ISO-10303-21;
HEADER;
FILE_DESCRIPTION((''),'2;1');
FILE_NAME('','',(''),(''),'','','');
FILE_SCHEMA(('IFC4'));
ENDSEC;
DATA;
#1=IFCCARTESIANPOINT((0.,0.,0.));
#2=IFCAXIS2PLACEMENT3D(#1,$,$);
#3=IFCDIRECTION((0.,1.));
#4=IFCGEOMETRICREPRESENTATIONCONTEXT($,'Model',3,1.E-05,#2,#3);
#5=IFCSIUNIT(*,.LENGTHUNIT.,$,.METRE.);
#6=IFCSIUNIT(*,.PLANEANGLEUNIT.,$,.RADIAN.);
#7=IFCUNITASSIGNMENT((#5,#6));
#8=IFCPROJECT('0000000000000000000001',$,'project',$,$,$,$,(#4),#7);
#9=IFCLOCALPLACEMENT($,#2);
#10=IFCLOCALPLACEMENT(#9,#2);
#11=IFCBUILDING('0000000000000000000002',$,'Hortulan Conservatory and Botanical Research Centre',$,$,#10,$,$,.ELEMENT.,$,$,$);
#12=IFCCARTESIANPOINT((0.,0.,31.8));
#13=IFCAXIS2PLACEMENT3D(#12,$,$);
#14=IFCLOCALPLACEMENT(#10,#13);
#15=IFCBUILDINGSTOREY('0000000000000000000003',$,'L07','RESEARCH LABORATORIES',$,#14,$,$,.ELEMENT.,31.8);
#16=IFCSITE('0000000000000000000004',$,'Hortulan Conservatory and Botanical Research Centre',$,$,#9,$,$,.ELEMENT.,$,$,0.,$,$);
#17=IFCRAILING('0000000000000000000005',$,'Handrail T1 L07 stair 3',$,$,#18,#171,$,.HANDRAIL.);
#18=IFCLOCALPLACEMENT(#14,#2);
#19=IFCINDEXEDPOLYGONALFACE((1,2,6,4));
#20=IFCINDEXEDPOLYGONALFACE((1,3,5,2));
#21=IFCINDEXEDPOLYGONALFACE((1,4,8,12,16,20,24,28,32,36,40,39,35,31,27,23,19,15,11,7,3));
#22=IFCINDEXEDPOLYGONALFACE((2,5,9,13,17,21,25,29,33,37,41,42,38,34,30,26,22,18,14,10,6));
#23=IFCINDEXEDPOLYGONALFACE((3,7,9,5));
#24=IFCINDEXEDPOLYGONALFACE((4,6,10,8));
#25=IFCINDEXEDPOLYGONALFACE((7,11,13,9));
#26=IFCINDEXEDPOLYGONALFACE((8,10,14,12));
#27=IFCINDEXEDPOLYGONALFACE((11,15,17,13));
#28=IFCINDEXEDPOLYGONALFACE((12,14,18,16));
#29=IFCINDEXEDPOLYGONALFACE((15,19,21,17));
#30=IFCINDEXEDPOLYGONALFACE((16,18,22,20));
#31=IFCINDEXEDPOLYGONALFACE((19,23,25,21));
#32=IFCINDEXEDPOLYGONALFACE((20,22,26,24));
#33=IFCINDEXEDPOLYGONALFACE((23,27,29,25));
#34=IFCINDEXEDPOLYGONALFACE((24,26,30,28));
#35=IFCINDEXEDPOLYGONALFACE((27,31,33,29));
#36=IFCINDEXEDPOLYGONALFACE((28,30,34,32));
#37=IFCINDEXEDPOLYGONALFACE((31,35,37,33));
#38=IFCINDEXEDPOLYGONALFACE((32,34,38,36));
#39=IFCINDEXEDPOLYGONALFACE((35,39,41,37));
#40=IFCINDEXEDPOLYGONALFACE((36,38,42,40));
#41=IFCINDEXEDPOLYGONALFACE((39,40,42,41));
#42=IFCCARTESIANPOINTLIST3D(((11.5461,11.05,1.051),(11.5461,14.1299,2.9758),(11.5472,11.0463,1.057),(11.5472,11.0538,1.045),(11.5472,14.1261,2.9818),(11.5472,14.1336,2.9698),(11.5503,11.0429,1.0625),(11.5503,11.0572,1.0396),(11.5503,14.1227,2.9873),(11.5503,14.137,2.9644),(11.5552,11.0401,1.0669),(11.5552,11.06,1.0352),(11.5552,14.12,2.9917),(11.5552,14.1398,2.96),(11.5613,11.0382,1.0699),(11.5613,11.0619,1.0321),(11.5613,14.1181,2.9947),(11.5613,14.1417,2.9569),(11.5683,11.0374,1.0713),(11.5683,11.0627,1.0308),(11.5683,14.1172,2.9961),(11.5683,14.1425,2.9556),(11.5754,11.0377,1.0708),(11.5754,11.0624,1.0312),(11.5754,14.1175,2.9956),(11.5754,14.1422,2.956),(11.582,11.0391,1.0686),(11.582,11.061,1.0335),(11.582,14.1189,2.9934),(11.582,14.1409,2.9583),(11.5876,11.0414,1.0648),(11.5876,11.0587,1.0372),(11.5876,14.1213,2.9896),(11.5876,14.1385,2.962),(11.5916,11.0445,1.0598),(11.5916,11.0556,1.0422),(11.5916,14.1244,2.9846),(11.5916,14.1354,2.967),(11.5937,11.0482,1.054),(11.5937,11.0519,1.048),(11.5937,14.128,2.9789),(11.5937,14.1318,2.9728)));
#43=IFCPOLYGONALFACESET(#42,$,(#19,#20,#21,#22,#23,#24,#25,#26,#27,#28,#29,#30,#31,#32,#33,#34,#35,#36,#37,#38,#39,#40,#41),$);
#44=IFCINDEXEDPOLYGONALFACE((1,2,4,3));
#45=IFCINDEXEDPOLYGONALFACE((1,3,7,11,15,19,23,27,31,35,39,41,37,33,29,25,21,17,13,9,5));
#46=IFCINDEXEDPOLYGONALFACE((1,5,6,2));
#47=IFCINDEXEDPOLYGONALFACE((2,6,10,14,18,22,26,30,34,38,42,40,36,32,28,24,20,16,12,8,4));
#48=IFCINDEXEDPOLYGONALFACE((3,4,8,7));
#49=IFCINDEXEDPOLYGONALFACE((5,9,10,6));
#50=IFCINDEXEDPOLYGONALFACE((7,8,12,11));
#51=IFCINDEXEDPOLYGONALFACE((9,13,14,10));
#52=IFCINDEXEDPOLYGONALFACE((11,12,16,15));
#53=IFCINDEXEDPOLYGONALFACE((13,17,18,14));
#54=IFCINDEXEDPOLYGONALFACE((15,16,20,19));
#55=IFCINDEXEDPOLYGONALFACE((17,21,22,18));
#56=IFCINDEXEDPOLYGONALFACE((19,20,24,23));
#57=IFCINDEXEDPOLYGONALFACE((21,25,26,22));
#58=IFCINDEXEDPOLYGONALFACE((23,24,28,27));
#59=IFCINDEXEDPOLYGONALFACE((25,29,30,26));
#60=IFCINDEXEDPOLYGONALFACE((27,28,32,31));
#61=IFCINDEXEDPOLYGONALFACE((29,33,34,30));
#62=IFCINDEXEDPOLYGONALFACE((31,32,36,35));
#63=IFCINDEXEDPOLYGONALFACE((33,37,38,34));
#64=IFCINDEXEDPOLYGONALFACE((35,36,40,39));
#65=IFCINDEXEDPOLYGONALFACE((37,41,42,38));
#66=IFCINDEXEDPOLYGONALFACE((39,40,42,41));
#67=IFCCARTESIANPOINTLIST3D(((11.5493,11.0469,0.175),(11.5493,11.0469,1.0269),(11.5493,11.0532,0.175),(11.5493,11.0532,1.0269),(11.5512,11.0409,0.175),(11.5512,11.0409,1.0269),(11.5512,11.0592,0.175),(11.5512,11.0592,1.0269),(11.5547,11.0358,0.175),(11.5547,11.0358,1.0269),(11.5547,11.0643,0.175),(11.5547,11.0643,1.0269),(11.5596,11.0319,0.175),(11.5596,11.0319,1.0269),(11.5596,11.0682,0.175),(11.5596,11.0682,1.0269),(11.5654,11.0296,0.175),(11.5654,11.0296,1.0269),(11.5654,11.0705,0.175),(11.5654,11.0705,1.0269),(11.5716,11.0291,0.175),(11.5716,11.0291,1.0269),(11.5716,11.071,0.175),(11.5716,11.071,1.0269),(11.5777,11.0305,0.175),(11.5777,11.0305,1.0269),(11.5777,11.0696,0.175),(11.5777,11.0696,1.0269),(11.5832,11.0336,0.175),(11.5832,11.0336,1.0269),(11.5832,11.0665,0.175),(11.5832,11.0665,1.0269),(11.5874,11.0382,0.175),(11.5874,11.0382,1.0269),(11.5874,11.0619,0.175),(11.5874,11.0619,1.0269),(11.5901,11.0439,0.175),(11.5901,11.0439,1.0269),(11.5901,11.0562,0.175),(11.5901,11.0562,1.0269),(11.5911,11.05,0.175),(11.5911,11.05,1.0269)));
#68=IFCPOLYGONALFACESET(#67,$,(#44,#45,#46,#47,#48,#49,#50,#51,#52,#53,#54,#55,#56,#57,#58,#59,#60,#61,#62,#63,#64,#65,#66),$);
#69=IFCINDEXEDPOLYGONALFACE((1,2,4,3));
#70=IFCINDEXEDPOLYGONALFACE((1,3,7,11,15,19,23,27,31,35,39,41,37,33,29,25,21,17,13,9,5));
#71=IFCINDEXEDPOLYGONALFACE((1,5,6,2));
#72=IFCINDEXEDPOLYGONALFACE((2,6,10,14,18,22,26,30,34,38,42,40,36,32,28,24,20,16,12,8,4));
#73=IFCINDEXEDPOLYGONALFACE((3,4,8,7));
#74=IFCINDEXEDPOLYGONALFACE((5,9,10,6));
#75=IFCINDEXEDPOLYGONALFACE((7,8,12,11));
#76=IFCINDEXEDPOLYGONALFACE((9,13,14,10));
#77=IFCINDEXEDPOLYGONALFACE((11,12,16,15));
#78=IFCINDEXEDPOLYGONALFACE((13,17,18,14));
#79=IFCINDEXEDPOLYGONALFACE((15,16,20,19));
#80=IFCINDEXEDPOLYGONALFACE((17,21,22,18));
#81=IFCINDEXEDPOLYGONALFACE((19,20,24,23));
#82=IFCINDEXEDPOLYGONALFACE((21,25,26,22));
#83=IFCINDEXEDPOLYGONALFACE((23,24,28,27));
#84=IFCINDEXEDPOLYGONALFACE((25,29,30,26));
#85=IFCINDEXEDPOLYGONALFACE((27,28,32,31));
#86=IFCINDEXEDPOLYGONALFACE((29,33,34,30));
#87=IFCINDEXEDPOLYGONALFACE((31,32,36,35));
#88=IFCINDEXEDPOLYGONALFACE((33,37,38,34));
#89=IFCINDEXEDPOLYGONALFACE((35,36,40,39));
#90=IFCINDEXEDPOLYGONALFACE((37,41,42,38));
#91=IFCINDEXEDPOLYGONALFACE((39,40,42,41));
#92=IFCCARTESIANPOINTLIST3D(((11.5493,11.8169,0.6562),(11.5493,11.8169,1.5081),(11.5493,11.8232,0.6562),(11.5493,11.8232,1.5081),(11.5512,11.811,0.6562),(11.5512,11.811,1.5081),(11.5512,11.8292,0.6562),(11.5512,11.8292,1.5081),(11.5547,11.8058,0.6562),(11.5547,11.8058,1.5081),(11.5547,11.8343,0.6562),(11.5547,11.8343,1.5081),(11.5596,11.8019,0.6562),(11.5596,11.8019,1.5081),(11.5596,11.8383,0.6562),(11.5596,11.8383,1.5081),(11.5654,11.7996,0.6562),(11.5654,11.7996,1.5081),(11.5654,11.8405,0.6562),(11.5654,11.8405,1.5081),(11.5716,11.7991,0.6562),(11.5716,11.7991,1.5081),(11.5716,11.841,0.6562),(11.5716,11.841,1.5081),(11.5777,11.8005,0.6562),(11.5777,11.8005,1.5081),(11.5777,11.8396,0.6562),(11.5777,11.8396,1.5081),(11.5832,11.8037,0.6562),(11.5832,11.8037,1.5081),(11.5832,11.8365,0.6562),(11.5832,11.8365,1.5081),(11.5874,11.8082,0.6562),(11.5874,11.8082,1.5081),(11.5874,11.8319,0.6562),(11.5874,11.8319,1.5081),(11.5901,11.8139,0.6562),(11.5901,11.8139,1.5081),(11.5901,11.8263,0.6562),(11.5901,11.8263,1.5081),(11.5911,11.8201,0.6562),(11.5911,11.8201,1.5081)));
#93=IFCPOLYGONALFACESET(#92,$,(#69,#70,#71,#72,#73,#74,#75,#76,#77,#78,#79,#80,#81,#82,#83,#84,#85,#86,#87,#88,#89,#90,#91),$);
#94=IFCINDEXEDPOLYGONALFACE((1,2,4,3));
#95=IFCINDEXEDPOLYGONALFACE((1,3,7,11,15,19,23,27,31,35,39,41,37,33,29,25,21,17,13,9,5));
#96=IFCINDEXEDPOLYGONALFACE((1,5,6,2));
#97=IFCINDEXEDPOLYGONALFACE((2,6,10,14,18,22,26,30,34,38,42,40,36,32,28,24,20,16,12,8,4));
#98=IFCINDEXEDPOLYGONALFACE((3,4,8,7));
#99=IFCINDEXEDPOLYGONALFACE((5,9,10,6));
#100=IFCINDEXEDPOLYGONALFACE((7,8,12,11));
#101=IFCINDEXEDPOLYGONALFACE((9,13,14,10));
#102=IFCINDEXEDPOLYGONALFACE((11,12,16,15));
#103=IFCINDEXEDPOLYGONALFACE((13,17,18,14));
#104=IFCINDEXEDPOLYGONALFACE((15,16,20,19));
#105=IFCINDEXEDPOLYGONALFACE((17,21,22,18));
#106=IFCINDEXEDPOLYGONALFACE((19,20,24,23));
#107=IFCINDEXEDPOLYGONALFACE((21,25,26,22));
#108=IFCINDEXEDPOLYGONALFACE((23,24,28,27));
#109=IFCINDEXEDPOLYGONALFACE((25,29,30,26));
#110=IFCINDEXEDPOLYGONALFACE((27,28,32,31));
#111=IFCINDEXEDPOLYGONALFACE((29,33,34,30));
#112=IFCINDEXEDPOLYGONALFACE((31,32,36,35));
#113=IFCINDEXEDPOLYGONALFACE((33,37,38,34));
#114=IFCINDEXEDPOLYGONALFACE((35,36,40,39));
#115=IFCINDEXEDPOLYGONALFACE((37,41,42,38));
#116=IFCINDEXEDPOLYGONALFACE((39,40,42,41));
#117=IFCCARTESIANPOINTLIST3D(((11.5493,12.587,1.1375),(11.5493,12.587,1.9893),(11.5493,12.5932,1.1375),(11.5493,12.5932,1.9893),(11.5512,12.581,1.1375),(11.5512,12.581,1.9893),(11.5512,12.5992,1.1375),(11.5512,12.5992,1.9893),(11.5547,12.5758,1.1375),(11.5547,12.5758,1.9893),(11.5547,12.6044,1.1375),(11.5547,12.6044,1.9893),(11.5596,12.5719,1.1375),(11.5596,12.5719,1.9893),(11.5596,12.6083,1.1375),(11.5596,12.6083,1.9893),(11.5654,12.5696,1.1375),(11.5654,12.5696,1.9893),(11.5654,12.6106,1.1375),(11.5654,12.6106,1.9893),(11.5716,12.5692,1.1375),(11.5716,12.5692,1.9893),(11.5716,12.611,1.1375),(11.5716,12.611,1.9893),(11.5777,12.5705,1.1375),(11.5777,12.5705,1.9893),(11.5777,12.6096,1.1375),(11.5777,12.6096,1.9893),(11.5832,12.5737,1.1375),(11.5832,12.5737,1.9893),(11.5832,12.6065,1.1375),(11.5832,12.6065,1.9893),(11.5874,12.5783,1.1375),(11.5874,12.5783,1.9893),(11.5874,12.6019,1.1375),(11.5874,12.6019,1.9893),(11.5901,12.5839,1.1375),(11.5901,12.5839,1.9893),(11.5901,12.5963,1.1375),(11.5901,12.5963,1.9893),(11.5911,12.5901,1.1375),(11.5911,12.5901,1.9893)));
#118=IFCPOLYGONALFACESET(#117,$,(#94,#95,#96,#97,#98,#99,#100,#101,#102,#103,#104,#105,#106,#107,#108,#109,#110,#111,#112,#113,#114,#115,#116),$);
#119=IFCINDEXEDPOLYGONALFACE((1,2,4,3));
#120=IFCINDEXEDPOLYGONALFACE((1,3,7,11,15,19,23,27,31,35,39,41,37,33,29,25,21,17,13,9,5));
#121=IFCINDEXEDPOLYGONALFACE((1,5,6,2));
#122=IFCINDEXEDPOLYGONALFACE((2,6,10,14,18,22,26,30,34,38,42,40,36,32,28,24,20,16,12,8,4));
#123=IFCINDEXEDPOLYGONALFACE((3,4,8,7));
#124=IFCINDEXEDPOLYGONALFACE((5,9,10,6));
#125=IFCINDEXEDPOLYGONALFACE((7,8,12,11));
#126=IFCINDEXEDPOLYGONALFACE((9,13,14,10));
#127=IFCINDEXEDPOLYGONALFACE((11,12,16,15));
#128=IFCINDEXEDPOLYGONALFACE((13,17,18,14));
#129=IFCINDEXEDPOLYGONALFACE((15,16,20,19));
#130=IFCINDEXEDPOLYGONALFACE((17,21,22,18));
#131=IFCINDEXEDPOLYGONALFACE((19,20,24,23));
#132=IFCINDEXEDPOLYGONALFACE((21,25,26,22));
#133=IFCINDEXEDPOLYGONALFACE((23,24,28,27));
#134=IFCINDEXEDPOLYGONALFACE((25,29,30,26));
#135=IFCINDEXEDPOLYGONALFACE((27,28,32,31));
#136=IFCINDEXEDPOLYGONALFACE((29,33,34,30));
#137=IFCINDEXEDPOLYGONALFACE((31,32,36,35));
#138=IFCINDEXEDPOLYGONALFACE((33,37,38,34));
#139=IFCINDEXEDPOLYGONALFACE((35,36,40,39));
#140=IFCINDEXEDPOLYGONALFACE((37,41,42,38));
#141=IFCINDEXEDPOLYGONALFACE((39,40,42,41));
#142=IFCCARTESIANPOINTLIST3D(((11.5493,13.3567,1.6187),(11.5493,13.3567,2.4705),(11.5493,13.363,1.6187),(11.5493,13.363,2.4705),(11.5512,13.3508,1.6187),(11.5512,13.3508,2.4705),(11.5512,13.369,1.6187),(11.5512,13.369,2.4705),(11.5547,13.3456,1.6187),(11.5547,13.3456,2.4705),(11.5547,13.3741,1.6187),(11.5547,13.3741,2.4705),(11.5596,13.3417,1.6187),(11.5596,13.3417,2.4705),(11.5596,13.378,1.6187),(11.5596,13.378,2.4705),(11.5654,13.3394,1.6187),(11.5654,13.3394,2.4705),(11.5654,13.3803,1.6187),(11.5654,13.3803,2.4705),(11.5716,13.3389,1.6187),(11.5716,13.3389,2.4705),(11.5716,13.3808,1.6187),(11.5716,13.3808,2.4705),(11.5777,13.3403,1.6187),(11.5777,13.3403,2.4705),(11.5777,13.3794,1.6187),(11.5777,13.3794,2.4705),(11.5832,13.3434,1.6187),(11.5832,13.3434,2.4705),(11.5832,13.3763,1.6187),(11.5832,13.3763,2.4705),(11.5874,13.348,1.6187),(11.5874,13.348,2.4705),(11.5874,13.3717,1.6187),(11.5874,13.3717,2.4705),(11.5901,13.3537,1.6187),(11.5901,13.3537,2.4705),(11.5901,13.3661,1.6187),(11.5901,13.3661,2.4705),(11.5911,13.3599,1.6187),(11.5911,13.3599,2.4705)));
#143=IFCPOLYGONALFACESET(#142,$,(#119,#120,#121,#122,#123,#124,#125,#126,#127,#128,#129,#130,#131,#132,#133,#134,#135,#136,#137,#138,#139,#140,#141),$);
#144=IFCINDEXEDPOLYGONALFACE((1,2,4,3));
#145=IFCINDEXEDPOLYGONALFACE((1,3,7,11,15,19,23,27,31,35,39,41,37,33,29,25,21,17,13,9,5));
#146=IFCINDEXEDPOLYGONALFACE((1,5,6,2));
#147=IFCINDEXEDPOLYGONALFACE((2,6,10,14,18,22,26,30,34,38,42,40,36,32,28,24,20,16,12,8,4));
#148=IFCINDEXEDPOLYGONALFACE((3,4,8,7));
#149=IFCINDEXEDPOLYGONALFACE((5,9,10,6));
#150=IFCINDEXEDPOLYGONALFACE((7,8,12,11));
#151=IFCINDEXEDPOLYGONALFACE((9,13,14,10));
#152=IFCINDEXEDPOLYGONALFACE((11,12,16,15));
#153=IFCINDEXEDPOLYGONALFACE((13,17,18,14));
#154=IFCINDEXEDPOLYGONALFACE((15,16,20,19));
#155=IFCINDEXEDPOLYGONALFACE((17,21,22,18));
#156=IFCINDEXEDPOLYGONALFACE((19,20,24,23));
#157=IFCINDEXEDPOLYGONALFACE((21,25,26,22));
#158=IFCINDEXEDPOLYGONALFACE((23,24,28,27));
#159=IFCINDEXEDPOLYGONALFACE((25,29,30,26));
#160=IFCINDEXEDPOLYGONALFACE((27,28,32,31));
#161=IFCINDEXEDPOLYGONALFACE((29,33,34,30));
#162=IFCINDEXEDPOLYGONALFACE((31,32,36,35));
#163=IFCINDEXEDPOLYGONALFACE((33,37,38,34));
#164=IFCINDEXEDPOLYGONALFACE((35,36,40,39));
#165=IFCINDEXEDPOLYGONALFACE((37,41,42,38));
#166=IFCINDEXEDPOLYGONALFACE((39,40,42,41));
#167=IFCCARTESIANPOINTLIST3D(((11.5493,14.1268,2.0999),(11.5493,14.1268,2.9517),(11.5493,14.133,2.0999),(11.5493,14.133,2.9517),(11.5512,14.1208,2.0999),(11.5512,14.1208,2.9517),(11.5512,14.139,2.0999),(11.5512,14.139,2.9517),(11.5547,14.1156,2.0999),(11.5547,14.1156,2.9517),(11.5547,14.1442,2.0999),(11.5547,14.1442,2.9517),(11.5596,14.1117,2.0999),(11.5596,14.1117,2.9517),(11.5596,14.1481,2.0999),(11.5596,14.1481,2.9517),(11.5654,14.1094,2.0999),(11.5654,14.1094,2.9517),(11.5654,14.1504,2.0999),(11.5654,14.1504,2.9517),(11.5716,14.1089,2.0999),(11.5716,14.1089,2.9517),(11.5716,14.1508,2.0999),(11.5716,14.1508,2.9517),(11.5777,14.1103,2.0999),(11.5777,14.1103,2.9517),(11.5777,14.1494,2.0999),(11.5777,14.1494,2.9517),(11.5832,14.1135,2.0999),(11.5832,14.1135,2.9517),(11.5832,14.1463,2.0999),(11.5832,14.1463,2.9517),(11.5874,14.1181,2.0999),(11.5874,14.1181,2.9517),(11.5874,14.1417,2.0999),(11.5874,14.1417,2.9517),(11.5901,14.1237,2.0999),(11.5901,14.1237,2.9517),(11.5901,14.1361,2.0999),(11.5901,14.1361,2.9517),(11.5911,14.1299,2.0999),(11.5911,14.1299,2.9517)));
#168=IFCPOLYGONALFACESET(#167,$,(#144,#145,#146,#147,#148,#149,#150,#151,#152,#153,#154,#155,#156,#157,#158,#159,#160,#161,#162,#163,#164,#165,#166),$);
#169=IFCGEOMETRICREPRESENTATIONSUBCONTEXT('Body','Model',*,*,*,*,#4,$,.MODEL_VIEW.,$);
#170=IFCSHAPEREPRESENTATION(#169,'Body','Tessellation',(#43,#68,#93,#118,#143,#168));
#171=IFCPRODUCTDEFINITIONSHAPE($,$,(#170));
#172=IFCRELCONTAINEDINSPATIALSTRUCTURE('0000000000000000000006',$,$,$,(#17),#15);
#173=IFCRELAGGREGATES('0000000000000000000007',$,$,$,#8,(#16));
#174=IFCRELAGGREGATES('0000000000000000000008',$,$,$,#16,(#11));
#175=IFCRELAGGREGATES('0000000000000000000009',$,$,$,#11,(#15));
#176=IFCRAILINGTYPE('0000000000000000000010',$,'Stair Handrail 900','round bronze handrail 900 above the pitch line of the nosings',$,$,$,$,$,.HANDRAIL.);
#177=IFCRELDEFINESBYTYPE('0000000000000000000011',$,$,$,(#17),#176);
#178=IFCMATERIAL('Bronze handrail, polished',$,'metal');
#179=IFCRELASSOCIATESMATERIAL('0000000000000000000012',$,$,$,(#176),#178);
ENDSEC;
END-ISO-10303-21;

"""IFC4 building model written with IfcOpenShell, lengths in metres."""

from ifc_helpers import new_model, si_unit, direction, frame, origin, origin_2d, place, context, subcontext, project, spatial, circle, extrude, material, type_object, element, save


model = new_model("IFC4")

# Units and contexts
model_context = context("Model", 3, precision=1e-05, world=origin(), true_north=direction((0.0, 1.0)))
body_context = subcontext(model_context, "Body", "Model", "MODEL_VIEW")
ifc_project = project(units=[si_unit("LENGTHUNIT", "METRE"), si_unit("PLANEANGLEUNIT", "RADIAN")], contexts=[model_context])

# Site, building, storey
site_placement = place(None, origin())
site = spatial("IfcSite", under=ifc_project, at=site_placement, Name="Hortulan Conservatory and Botanical Research Centre", CompositionType="ELEMENT", RefElevation=0.0)
building_placement = place(site_placement, origin())
building = spatial("IfcBuilding", under=site, at=building_placement, Name="Hortulan Conservatory and Botanical Research Centre", CompositionType="ELEMENT")
storey_placement = place(building_placement, frame((0.0, 0.0, 31.8)))
storey = spatial("IfcBuildingStorey", under=building, at=storey_placement, Name="L07", Description="RESEARCH LABORATORIES", CompositionType="ELEMENT", Elevation=31.8)

# Railing
ifc_material_1 = material(Name="Bronze handrail, polished", Category="metal")
railing_type_1 = type_object("IfcRailingType", Name="Stair Handrail 900", Description="round bronze handrail 900 above the pitch line of the nosings", PredefinedType="HANDRAIL", material=ifc_material_1)
railing_1_placement = place(storey_placement, frame((11.5701, 11.05, 0.175)))
element("IfcRailing", 1, at=railing_1_placement, inside=storey, type_object=railing_type_1, Name="Handrail T1 L07 stair 3", PredefinedType="HANDRAIL", context=body_context, shape_type="SweptSolid", body=[
    extrude(circle(Radius=0.0239, at=origin_2d()), frame((0.0, 0.0, 0.876), z_axis=(0.0, 0.84801, 0.529981), x_axis=(-1.0, 0.0, 0.0)), (0.0, 0.0, 1.0), 3.6318),
    extrude(circle(Radius=0.021, at=origin_2d()), origin(), (0.0, 0.0, 1.0), 0.8518),
    extrude(circle(Radius=0.021, at=origin_2d()), frame((0.0, 0.77, 0.4812)), (0.0, 0.0, 1.0), 0.8518),
    extrude(circle(Radius=0.021, at=origin_2d()), frame((0.0, 1.54, 0.9624)), (0.0, 0.0, 1.0), 0.8518),
    extrude(circle(Radius=0.021, at=origin_2d()), frame((0.0, 2.3098, 1.4436)), (0.0, 0.0, 1.0), 0.8518),
    extrude(circle(Radius=0.021, at=origin_2d()), frame((0.0, 3.0798, 1.9248)), (0.0, 0.0, 1.0), 0.8518),
])

save(model, "model.ifc")
